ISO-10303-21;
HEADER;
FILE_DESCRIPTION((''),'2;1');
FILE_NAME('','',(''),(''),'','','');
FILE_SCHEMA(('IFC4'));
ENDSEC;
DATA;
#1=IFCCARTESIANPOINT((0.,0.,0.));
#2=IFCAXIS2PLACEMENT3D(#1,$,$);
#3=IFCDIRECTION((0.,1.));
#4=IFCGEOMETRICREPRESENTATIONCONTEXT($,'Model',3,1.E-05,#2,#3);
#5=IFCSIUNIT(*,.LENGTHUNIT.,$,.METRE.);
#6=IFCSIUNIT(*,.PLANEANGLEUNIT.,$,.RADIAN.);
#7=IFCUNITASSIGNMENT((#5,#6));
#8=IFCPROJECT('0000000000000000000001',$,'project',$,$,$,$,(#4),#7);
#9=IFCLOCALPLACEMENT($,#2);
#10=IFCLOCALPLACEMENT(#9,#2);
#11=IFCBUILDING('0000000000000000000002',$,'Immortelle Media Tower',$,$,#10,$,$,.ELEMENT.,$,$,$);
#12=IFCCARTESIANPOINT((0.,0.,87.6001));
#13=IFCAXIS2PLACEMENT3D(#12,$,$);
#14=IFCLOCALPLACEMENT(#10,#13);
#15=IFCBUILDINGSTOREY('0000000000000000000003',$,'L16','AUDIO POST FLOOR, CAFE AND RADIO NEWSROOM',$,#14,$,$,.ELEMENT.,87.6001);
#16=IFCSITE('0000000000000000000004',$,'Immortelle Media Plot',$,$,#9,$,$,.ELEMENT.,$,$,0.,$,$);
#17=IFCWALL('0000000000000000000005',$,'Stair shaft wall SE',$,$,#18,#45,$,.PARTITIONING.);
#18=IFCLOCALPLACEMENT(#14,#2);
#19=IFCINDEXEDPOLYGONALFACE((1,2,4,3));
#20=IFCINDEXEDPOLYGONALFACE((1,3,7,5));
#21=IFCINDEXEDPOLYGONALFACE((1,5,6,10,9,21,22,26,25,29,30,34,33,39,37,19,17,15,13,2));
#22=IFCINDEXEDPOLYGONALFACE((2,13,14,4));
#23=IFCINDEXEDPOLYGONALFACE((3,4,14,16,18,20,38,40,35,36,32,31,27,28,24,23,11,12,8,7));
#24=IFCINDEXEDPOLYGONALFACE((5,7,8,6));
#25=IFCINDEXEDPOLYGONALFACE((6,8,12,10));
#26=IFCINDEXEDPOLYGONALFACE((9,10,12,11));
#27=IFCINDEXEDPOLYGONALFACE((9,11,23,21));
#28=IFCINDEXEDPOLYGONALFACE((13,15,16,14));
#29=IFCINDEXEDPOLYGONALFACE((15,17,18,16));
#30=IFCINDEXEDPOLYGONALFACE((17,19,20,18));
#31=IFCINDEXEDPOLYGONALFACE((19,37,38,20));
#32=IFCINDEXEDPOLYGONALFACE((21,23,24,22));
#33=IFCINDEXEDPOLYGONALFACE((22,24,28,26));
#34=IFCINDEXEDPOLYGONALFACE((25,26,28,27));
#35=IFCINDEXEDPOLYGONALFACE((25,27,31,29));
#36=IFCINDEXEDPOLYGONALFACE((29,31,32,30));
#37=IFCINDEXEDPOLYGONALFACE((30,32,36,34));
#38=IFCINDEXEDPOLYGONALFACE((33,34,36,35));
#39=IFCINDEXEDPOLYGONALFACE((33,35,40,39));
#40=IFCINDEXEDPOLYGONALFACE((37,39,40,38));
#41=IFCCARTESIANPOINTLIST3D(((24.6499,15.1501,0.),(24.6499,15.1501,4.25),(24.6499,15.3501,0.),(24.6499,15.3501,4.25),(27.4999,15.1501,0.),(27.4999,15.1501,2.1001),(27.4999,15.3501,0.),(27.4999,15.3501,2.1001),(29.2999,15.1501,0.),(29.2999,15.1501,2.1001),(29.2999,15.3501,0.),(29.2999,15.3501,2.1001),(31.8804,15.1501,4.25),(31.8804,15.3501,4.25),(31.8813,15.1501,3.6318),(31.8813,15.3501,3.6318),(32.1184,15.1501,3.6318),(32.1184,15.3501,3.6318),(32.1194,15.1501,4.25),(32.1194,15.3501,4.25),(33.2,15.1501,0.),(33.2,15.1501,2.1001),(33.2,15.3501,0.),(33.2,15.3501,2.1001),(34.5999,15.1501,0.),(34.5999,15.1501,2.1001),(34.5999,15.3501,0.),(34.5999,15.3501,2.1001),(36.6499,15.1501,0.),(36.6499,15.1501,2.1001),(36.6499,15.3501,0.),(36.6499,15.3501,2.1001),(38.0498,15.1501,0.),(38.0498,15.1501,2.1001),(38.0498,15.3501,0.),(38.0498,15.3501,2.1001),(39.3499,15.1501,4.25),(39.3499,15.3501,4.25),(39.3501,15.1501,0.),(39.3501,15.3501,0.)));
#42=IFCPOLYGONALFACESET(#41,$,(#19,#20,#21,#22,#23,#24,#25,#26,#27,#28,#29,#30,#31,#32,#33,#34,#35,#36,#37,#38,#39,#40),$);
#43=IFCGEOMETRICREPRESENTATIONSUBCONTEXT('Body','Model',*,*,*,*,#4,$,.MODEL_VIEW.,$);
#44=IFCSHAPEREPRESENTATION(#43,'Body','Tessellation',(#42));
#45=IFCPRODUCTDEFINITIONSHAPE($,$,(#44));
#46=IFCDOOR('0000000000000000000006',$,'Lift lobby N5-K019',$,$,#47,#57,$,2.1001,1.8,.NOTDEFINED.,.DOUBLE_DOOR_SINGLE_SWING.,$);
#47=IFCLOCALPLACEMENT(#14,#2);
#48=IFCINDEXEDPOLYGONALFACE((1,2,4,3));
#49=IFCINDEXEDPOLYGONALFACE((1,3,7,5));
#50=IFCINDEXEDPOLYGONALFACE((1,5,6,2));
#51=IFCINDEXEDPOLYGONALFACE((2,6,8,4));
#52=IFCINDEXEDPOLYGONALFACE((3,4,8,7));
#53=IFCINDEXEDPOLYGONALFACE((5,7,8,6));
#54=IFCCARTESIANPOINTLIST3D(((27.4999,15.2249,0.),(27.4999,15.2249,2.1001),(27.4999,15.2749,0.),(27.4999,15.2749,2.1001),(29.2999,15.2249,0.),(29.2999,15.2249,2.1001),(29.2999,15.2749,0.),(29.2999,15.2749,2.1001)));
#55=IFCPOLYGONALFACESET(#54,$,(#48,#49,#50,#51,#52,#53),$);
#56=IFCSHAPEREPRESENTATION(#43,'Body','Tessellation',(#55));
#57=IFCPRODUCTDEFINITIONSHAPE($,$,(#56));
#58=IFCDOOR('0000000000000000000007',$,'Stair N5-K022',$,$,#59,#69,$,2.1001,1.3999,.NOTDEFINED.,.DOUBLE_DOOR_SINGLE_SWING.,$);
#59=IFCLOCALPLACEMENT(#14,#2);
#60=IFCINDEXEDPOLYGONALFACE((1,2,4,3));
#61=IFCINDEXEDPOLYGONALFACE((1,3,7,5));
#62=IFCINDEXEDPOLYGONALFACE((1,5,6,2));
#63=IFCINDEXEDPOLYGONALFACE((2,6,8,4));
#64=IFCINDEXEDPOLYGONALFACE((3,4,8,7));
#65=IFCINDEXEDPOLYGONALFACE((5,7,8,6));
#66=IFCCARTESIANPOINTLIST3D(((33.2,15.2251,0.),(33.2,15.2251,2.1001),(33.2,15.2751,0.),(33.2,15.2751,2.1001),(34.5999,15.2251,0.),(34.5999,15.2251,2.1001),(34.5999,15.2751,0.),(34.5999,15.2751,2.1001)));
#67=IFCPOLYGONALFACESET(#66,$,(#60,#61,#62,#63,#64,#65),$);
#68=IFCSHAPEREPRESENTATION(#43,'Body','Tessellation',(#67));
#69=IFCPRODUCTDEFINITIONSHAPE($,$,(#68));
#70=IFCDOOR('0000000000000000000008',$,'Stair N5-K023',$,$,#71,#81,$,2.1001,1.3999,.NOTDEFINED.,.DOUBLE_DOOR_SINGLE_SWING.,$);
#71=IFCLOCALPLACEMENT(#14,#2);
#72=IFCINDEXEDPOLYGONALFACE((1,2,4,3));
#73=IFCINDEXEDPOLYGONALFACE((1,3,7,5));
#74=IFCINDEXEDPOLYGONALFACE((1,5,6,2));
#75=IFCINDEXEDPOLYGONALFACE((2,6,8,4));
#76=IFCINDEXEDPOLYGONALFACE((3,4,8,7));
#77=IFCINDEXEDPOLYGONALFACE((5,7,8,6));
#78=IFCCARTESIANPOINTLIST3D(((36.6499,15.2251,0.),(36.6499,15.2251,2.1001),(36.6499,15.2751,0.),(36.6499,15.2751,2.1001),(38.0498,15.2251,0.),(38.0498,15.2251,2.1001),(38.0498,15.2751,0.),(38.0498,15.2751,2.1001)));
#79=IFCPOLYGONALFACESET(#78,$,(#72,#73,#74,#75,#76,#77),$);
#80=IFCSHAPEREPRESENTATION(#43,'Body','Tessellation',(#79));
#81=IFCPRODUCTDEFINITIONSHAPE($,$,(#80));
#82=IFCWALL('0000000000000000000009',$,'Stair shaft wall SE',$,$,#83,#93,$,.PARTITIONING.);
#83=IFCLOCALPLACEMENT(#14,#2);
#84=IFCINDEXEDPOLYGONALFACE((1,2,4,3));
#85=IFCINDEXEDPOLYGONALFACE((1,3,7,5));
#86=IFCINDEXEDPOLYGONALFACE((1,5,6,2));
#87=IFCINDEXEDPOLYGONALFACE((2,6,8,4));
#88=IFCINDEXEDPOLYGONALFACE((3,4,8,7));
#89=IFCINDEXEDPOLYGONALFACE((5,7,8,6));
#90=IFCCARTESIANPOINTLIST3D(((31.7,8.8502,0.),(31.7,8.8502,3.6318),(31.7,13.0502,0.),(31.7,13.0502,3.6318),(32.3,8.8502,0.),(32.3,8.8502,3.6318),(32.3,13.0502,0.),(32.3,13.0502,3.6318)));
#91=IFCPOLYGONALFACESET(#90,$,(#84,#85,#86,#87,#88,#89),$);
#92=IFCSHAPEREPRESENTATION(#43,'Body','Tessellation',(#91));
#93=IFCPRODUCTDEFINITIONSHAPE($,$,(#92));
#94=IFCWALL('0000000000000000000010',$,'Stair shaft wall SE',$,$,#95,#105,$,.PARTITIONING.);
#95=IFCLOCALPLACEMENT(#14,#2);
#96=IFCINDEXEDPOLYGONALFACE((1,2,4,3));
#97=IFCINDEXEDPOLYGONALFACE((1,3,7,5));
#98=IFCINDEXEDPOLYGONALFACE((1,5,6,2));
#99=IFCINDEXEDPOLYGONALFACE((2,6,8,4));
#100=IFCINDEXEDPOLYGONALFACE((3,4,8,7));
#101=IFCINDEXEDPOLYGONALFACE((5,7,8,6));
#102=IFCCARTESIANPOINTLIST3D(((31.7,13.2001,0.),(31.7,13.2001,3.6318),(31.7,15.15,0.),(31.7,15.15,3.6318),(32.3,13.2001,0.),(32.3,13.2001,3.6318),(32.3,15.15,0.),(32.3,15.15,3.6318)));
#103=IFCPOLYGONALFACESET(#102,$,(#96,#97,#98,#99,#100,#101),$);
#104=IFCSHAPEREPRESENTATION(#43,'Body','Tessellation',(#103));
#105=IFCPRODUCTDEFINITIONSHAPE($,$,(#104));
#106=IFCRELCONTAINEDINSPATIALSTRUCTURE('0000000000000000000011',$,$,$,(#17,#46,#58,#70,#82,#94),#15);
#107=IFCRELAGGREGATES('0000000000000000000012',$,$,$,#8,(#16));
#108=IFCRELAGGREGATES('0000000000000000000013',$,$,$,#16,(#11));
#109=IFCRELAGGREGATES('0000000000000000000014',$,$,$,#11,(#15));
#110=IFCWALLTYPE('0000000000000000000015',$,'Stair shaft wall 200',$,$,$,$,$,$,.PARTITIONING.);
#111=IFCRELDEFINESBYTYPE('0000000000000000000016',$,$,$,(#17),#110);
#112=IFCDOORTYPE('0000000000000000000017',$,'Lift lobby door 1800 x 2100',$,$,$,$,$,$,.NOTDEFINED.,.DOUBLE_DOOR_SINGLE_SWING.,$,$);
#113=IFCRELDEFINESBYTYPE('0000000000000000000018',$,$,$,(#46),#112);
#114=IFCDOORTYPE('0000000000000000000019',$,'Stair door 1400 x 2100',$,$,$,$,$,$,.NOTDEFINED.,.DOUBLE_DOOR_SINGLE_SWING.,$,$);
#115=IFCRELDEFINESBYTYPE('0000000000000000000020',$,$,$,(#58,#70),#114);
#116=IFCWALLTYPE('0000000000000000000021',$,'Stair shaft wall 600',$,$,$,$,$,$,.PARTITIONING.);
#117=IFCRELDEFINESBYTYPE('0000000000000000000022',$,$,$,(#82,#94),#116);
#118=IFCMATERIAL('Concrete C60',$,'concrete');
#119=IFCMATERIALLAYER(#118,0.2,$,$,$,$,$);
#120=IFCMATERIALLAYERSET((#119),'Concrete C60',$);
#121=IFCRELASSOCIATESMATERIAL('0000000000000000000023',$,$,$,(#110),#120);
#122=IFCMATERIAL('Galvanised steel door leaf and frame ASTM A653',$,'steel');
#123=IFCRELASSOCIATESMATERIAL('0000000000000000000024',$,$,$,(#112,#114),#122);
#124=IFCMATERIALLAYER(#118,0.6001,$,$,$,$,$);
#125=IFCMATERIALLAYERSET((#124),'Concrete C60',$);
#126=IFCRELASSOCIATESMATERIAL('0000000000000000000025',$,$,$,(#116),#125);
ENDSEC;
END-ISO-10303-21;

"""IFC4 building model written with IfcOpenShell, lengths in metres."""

from ifc_helpers import new_model, si_unit, direction, frame, frame_2d, origin, place, context, subcontext, project, spatial, polyline, rectangle, outline, extrude, material, layer, layer_set, type_object, element, fill, save


model = new_model("IFC4")

# Units and contexts
model_context = context("Model", 3, precision=1e-05, world=origin(), true_north=direction((0.0, 1.0)))
body_context = subcontext(model_context, "Body", "Model", "MODEL_VIEW")
ifc_project = project(units=[si_unit("LENGTHUNIT", "METRE"), si_unit("PLANEANGLEUNIT", "RADIAN")], contexts=[model_context])

# Site, building, storey
site_placement = place(None, origin())
site = spatial("IfcSite", under=ifc_project, at=site_placement, Name="Immortelle Media Plot", CompositionType="ELEMENT", RefElevation=0.0)
building_placement = place(site_placement, origin())
building = spatial("IfcBuilding", under=site, at=building_placement, Name="Immortelle Media Tower", CompositionType="ELEMENT")
storey_placement = place(building_placement, frame((0.0, 0.0, 87.6001)))
storey = spatial("IfcBuildingStorey", under=building, at=storey_placement, Name="L16", Description="AUDIO POST FLOOR, CAFE AND RADIO NEWSROOM", CompositionType="ELEMENT", Elevation=87.6001)

# Shared definitions
ifc_material_1 = material(Name="Galvanised steel door leaf and frame ASTM A653", Category="steel")

# Wall, openings, doors
ifc_material_2 = material(Name="Concrete C60", Category="concrete")
ifc_layer_1 = layer(ifc_material_2, 0.2)
ifc_layer_set_1 = layer_set([ifc_layer_1], Name="Concrete C60")
wall_type_1 = type_object("IfcWallType", Name="Stair shaft wall 200", PredefinedType="PARTITIONING", material=ifc_layer_set_1)
wall_1_placement = place(storey_placement, frame((24.6499, 15.25, 0.0), z_axis=(0.0, 0.0, 1.0), x_axis=(1.0, 0.0, 0.0)))
wall_1 = element("IfcWall", 1, at=wall_1_placement, inside=storey, type_object=wall_type_1, Name="Stair shaft wall SE", PredefinedType="PARTITIONING", context=body_context, shape_type="SweptSolid", body=[
    extrude(outline(polyline([(0.0, 0.0), (14.7002, 0.0), (14.7, 4.25), (7.4695, 4.25), (7.4685, 3.6318), (7.2314, 3.6318), (7.2305, 4.25), (0.0, 4.25), (0.0, 0.0)])), frame((0.0, 0.1001, 0.0), z_axis=(0.0, -1.0, 0.0), x_axis=(1.0, 0.0, 0.0)), (0.0, 0.0, 1.0), 0.2),
])
opening_1_placement = place(wall_1_placement, frame((2.8501, 0.0, 0.0)))
opening_1 = element("IfcOpeningElement", 2, at=opening_1_placement, cuts=wall_1, PredefinedType="OPENING", context=body_context, shape_type="SweptSolid", body=[
    extrude(rectangle(XDim=1.8, YDim=2.1001, at=frame_2d((0.8999, 1.05))), frame((0.0, 0.1099, 0.0), z_axis=(0.0, -1.0, 0.0), x_axis=(1.0, 0.0, 0.0)), (0.0, 0.0, 1.0), 0.22),
])
opening_2_placement = place(wall_1_placement, frame((9.95, 0.0, 0.0), z_axis=(0.0, 0.0, 1.0), x_axis=(-1.0, 0.0, 0.0)))
opening_2 = element("IfcOpeningElement", 3, at=opening_2_placement, cuts=wall_1, PredefinedType="OPENING", context=body_context, shape_type="SweptSolid", body=[
    extrude(rectangle(XDim=1.3999, YDim=2.1001, at=frame_2d((0.7, 1.05))), frame((0.0, 0.1099, 0.0), z_axis=(0.0, -1.0, 0.0), x_axis=(1.0, 0.0, 0.0)), (0.0, 0.0, 1.0), 0.22),
])
opening_3_placement = place(wall_1_placement, frame((13.3999, 0.0, 0.0), z_axis=(0.0, 0.0, 1.0), x_axis=(-1.0, 0.0, 0.0)))
opening_3 = element("IfcOpeningElement", 4, at=opening_3_placement, cuts=wall_1, PredefinedType="OPENING", context=body_context, shape_type="SweptSolid", body=[
    extrude(rectangle(XDim=1.3999, YDim=2.1001, at=frame_2d((0.7, 1.05))), frame((0.0, 0.1099, 0.0), z_axis=(0.0, -1.0, 0.0), x_axis=(1.0, 0.0, 0.0)), (0.0, 0.0, 1.0), 0.22),
])
door_type_1 = type_object("IfcDoorType", Name="Lift lobby door 1800 x 2100", OperationType="DOUBLE_DOOR_SINGLE_SWING", PredefinedType="NOTDEFINED", material=ifc_material_1)
door_1_placement = place(opening_1_placement, origin())
door_1 = element("IfcDoor", 5, at=door_1_placement, inside=storey, type_object=door_type_1, Name="Lift lobby N5-K019", OperationType="DOUBLE_DOOR_SINGLE_SWING", OverallHeight=2.1001, OverallWidth=1.8, PredefinedType="NOTDEFINED", context=body_context, shape_type="SweptSolid", body=[
    extrude(rectangle(XDim=1.8, YDim=2.1001, at=frame_2d((0.8999, 1.05))), frame((0.0, 0.0249, 0.0), z_axis=(0.0, -1.0, 0.0), x_axis=(1.0, 0.0, 0.0)), (0.0, 0.0, 1.0), 0.05),
])
fill(opening_1, door_1)
door_type_2 = type_object("IfcDoorType", Name="Stair door 1400 x 2100", OperationType="DOUBLE_DOOR_SINGLE_SWING", PredefinedType="NOTDEFINED", material=ifc_material_1)
door_2_placement = place(opening_2_placement, origin())
door_2 = element("IfcDoor", 6, at=door_2_placement, inside=storey, type_object=door_type_2, Name="Stair N5-K022", OperationType="DOUBLE_DOOR_SINGLE_SWING", OverallHeight=2.1001, OverallWidth=1.3999, PredefinedType="NOTDEFINED", context=body_context, shape_type="SweptSolid", body=[
    extrude(rectangle(XDim=1.3999, YDim=2.1001, at=frame_2d((0.7, 1.05))), frame((0.0, 0.0249, 0.0), z_axis=(0.0, -1.0, 0.0), x_axis=(1.0, 0.0, 0.0)), (0.0, 0.0, 1.0), 0.05),
])
fill(opening_2, door_2)
door_3_placement = place(opening_3_placement, origin())
door_3 = element("IfcDoor", 7, at=door_3_placement, inside=storey, type_object=door_type_2, Name="Stair N5-K023", OperationType="DOUBLE_DOOR_SINGLE_SWING", OverallHeight=2.1001, OverallWidth=1.3999, PredefinedType="NOTDEFINED", context=body_context, shape_type="SweptSolid", body=[
    extrude(rectangle(XDim=1.3999, YDim=2.1001, at=frame_2d((0.7, 1.05))), frame((0.0, 0.0249, 0.0), z_axis=(0.0, -1.0, 0.0), x_axis=(1.0, 0.0, 0.0)), (0.0, 0.0, 1.0), 0.05),
])
fill(opening_3, door_3)

# Walls
ifc_layer_2 = layer(ifc_material_2, 0.6001)
ifc_layer_set_2 = layer_set([ifc_layer_2], Name="Concrete C60")
wall_type_2 = type_object("IfcWallType", Name="Stair shaft wall 600", PredefinedType="PARTITIONING", material=ifc_layer_set_2)
wall_2_placement = place(storey_placement, frame((32.0, 8.8501, 0.0), z_axis=(0.0, 0.0, 1.0), x_axis=(0.0, 1.0, 0.0)))
element("IfcWall", 8, at=wall_2_placement, inside=storey, type_object=wall_type_2, Name="Stair shaft wall SE", PredefinedType="PARTITIONING", context=body_context, shape_type="SweptSolid", body=[
    extrude(rectangle(XDim=4.2, YDim=0.6001, at=frame_2d((2.1001, 0.0))), origin(), (0.0, 0.0, 1.0), 3.6318),
])
wall_3_placement = place(storey_placement, frame((32.0, 13.2, 0.0), z_axis=(0.0, 0.0, 1.0), x_axis=(0.0, 1.0, 0.0)))
element("IfcWall", 9, at=wall_3_placement, inside=storey, type_object=wall_type_2, Name="Stair shaft wall SE", PredefinedType="PARTITIONING", context=body_context, shape_type="SweptSolid", body=[
    extrude(rectangle(XDim=1.95, YDim=0.6001, at=frame_2d((0.9751, 0.0))), origin(), (0.0, 0.0, 1.0), 3.6318),
])

save(model, "model.ifc")
